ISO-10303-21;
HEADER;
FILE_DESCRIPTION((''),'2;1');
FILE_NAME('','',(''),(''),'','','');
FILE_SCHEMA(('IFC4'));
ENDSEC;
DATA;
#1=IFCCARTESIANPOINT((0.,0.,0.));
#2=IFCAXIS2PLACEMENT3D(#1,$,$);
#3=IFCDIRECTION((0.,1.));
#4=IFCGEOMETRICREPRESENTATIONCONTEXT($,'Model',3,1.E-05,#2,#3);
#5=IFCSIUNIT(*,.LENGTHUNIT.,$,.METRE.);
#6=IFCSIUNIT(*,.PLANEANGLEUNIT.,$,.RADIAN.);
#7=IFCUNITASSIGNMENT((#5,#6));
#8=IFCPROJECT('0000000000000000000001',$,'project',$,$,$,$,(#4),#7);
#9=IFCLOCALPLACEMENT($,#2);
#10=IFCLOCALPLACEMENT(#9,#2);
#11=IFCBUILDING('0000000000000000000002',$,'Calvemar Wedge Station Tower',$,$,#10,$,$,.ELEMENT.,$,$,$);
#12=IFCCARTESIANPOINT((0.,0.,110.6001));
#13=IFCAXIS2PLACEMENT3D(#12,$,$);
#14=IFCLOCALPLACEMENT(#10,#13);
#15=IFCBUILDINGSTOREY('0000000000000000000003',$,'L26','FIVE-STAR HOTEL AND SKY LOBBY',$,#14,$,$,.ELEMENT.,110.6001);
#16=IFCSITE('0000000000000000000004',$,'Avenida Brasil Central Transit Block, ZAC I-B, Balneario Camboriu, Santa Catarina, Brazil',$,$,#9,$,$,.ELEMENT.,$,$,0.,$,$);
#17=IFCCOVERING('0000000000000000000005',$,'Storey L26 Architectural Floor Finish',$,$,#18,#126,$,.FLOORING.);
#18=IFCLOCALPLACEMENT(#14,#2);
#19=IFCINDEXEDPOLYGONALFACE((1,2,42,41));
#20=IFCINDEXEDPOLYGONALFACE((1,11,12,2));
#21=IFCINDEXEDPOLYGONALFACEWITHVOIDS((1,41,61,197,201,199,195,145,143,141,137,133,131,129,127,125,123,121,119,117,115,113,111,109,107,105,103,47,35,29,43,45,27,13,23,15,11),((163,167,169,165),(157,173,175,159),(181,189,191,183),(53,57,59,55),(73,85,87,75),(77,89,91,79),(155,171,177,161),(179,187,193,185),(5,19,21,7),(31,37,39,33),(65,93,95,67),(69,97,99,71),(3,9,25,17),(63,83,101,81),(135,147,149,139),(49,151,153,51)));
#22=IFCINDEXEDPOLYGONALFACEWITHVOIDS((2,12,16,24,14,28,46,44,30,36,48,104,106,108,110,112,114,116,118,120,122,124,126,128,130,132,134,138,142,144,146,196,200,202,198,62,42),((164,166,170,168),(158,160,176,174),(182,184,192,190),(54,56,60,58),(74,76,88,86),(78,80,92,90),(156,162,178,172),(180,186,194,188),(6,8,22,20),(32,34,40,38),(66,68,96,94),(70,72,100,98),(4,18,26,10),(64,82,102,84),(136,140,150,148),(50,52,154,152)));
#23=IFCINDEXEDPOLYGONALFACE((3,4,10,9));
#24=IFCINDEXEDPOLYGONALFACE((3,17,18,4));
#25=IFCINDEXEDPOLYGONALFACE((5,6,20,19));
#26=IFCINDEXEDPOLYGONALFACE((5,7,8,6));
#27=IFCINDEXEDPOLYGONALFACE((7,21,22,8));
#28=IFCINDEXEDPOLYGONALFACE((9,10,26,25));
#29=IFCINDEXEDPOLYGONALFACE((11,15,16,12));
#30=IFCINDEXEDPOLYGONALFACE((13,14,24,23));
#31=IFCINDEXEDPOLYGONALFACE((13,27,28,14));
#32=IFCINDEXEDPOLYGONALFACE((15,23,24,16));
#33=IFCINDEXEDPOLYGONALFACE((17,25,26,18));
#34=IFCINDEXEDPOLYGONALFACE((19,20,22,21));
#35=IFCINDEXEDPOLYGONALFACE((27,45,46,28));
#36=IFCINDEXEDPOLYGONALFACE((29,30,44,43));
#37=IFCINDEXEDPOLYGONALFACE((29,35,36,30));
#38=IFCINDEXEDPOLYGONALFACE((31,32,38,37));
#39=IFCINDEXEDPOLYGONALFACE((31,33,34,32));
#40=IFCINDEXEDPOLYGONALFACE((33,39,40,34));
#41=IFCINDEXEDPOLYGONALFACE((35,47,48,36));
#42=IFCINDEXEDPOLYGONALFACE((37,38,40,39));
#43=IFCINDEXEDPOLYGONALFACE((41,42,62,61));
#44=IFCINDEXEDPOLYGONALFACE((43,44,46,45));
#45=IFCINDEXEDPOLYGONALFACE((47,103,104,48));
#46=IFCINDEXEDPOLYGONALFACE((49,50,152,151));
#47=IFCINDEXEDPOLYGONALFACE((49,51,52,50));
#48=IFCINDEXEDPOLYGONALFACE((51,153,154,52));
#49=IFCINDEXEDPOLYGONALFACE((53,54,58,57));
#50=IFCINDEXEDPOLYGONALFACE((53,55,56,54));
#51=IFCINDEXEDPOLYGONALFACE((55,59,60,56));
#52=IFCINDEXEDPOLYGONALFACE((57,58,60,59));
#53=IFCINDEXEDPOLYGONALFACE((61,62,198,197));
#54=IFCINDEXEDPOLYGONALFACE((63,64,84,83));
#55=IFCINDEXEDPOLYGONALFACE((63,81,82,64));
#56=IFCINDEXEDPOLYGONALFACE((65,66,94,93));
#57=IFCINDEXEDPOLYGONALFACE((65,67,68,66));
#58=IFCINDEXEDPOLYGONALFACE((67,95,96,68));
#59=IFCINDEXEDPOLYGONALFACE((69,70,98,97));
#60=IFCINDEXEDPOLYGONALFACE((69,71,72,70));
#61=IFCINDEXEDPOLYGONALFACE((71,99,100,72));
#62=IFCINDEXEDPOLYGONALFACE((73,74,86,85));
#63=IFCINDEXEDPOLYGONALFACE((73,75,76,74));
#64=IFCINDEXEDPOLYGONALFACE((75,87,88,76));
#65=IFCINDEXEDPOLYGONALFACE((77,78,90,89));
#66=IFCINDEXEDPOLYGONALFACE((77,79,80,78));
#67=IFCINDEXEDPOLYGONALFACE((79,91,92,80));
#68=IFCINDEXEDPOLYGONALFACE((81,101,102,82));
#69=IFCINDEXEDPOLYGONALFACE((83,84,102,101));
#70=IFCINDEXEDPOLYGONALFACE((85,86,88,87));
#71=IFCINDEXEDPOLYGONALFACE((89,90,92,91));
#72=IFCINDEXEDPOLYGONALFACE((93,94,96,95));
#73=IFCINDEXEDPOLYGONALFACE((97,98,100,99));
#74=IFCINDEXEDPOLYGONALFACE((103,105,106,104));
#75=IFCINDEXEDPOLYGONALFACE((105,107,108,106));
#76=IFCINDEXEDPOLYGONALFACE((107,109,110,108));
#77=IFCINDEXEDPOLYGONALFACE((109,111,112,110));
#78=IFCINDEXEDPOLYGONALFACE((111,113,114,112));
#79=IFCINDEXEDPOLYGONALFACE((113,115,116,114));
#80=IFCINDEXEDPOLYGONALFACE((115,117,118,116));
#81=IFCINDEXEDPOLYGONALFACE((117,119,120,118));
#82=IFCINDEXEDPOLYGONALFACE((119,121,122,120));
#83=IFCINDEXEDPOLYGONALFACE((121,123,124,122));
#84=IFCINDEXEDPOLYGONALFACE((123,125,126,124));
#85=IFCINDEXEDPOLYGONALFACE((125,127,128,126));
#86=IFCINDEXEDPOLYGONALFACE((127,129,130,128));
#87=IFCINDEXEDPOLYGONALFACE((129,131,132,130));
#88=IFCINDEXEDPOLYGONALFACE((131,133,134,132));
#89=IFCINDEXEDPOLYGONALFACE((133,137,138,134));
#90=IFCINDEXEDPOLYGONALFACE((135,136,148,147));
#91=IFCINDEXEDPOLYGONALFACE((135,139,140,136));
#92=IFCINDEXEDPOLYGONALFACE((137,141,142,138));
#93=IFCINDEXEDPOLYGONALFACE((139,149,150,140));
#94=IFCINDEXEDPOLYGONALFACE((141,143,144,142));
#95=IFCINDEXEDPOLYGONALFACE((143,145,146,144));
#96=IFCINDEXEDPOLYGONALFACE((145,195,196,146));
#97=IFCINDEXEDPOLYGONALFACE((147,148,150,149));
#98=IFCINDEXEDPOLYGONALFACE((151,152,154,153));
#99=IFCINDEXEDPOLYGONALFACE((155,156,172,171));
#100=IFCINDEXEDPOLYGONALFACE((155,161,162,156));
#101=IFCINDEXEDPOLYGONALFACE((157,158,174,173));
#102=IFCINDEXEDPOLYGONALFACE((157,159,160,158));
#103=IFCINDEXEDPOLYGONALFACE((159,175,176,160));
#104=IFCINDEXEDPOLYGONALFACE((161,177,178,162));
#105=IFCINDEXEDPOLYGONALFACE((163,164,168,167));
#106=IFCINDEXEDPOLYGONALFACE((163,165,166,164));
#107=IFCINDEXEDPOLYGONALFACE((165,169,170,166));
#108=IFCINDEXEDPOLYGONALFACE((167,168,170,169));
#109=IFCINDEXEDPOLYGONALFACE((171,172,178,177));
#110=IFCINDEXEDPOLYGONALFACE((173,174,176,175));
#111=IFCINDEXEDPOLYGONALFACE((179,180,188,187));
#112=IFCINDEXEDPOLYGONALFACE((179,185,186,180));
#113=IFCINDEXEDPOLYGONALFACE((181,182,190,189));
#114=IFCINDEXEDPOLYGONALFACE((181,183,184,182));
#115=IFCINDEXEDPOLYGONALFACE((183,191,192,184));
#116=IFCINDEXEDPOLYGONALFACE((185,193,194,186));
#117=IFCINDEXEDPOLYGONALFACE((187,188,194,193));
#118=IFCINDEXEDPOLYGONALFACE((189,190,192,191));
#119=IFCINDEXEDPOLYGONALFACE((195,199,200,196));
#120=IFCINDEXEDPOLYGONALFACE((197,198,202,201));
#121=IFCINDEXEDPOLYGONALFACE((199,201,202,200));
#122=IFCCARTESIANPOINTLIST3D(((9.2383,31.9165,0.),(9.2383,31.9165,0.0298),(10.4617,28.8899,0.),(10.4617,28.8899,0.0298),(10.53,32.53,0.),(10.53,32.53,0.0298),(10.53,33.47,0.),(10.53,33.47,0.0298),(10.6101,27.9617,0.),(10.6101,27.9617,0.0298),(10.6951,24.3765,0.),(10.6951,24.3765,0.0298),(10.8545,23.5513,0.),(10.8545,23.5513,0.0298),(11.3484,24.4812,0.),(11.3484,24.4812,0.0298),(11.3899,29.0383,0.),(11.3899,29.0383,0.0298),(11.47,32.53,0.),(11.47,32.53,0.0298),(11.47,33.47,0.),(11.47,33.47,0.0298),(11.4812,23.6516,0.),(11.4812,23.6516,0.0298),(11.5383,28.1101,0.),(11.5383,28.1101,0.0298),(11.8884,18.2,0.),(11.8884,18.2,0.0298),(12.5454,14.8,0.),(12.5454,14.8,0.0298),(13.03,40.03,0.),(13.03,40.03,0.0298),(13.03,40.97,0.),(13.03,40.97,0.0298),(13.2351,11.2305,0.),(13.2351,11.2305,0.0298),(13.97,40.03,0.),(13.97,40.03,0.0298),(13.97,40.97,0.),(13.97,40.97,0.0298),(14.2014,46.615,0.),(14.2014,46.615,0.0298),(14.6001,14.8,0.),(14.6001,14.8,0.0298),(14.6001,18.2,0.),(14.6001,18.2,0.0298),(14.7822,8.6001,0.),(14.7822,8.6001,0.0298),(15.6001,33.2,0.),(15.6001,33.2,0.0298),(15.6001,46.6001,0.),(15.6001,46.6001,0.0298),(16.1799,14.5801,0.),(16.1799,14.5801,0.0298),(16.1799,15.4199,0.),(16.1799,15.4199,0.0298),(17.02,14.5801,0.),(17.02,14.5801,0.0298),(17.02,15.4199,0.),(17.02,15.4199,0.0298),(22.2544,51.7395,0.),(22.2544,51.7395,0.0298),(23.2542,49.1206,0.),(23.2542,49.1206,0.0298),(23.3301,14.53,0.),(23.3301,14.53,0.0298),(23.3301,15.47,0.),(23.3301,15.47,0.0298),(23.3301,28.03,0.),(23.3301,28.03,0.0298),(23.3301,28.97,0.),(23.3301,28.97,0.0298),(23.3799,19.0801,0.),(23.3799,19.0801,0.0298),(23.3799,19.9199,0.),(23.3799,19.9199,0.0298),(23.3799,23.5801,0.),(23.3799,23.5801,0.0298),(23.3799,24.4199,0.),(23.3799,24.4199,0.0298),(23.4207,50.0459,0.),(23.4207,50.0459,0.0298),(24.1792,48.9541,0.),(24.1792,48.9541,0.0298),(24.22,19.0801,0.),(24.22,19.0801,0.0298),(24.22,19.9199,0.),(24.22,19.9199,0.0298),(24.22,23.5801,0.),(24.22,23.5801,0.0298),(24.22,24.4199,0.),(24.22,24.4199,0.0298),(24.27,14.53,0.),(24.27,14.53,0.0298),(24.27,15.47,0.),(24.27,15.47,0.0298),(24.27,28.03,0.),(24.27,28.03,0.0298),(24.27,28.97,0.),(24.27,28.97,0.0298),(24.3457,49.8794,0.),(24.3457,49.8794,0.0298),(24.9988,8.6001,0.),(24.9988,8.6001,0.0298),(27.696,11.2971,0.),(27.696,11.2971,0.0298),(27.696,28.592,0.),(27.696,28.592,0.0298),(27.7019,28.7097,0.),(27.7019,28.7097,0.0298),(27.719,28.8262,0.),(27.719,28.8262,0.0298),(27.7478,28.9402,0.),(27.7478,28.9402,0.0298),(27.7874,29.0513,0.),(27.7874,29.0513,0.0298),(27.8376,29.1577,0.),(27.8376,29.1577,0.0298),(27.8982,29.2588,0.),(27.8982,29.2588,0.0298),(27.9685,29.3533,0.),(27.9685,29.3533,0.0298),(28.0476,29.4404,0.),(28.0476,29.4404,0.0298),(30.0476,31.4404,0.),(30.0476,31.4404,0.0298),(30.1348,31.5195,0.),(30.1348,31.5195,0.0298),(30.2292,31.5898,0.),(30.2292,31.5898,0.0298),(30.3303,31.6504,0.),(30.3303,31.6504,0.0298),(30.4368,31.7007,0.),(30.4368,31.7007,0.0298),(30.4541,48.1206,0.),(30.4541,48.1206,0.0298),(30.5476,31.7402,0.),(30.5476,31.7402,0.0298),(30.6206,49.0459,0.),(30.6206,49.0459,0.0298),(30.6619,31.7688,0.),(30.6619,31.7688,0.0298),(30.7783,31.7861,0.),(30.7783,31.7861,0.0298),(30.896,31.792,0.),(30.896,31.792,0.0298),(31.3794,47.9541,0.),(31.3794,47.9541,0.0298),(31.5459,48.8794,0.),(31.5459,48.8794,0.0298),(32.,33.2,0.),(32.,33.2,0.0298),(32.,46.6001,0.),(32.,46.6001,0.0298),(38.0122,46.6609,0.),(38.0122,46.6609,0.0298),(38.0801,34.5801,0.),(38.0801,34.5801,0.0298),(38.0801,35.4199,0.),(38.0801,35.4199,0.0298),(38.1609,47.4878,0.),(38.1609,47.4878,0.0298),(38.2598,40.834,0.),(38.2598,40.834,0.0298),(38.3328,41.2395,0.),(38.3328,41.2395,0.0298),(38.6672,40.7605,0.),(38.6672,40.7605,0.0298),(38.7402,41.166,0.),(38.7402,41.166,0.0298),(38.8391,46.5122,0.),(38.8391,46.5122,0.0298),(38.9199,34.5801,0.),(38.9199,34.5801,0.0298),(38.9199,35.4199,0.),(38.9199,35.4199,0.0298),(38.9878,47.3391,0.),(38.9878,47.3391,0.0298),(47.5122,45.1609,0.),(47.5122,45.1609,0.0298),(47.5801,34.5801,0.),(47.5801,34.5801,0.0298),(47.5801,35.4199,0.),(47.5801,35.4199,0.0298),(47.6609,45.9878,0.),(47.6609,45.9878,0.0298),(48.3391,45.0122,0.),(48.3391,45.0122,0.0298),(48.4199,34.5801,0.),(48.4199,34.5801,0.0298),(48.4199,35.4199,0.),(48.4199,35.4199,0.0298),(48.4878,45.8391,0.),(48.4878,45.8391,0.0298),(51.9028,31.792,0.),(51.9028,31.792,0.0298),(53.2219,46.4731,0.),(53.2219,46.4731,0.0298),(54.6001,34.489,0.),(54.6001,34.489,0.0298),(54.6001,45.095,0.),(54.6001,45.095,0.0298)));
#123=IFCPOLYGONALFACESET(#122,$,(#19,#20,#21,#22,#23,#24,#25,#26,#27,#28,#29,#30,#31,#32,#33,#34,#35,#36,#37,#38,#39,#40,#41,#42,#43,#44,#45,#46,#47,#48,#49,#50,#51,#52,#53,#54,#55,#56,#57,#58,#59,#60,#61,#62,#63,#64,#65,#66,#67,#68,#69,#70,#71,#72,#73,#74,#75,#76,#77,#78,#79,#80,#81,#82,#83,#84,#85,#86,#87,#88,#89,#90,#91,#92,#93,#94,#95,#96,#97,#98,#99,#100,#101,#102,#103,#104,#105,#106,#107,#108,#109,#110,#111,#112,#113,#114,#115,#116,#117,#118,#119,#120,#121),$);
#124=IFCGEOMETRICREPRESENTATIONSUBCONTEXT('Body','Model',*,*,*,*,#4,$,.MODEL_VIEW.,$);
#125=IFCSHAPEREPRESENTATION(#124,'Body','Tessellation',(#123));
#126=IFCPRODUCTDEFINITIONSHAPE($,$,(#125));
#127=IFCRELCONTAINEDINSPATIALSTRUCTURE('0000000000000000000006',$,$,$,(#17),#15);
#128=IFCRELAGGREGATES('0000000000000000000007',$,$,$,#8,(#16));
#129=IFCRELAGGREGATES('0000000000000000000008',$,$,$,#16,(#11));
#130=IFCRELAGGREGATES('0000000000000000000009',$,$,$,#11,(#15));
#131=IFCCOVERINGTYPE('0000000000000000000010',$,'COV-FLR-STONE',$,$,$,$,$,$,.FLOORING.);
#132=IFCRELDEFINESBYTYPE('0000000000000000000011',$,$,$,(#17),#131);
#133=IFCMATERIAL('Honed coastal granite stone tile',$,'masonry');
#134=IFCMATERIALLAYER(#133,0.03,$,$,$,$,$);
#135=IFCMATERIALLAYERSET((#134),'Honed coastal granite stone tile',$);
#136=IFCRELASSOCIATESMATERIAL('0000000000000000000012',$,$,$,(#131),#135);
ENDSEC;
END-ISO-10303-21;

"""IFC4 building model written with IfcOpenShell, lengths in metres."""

from ifc_helpers import new_model, si_unit, direction, frame, origin, place, context, subcontext, project, spatial, polyline, outline, extrude, material, layer, layer_set, type_object, element, save


model = new_model("IFC4")

# Units and contexts
model_context = context("Model", 3, precision=1e-05, world=origin(), true_north=direction((0.0, 1.0)))
body_context = subcontext(model_context, "Body", "Model", "MODEL_VIEW")
ifc_project = project(units=[si_unit("LENGTHUNIT", "METRE"), si_unit("PLANEANGLEUNIT", "RADIAN")], contexts=[model_context])

# Site, building, storey
site_placement = place(None, origin())
site = spatial("IfcSite", under=ifc_project, at=site_placement, Name="Avenida Brasil Central Transit Block, ZAC I-B, Balneario Camboriu, Santa Catarina, Brazil", CompositionType="ELEMENT", RefElevation=0.0)
building_placement = place(site_placement, origin())
building = spatial("IfcBuilding", under=site, at=building_placement, Name="Calvemar Wedge Station Tower", CompositionType="ELEMENT")
storey_placement = place(building_placement, frame((0.0, 0.0, 110.6001)))
storey = spatial("IfcBuildingStorey", under=building, at=storey_placement, Name="L26", Description="FIVE-STAR HOTEL AND SKY LOBBY", CompositionType="ELEMENT", Elevation=110.6001)

# Covering
ifc_material_1 = material(Name="Honed coastal granite stone tile", Category="masonry")
ifc_layer_1 = layer(ifc_material_1, 0.03)
ifc_layer_set_1 = layer_set([ifc_layer_1], Name="Honed coastal granite stone tile")
covering_type_1 = type_object("IfcCoveringType", Name="COV-FLR-STONE", PredefinedType="FLOORING", material=ifc_layer_set_1)
covering_1_placement = place(storey_placement, origin())
element("IfcCovering", 1, at=covering_1_placement, inside=storey, type_object=covering_type_1, Name="Storey L26 Architectural Floor Finish", PredefinedType="FLOORING", context=body_context, shape_type="SweptSolid", body=[
    extrude(outline(polyline([(28.0476, 29.4404), (30.0476, 31.4404), (30.1348, 31.5195), (30.2292, 31.5898), (30.3303, 31.6504), (30.4368, 31.7007), (30.5476, 31.7402), (30.6619, 31.7688), (30.7783, 31.7861), (30.896, 31.792), (51.9028, 31.792), (54.6001, 34.489), (54.6001, 45.095), (53.2219, 46.4731), (22.2544, 51.7395), (14.2014, 46.615), (9.2383, 31.9165), (10.6951, 24.3765), (11.3484, 24.4812), (11.4812, 23.6516), (10.8545, 23.5513), (11.8884, 18.2), (14.6001, 18.2), (14.6001, 14.8), (12.5454, 14.8), (13.2351, 11.2305), (14.7822, 8.6001), (24.9988, 8.6001), (27.696, 11.2971), (27.696, 28.592), (27.7019, 28.7097), (27.719, 28.8262), (27.7478, 28.9402), (27.7874, 29.0513), (27.8376, 29.1577), (27.8982, 29.2588), (27.9685, 29.3533), (28.0476, 29.4404)]), holes=[polyline([(15.6001, 46.6001), (32.0, 46.6001), (32.0, 33.2), (15.6001, 33.2), (15.6001, 46.6001)]), polyline([(10.53, 32.53), (10.53, 33.47), (11.47, 33.47), (11.47, 32.53), (10.53, 32.53)]), polyline([(13.03, 40.97), (13.97, 40.97), (13.97, 40.03), (13.03, 40.03), (13.03, 40.97)]), polyline([(24.3457, 49.8794), (24.1792, 48.9541), (23.2542, 49.1206), (23.4207, 50.0459), (24.3457, 49.8794)]), polyline([(31.3794, 47.9541), (30.4541, 48.1206), (30.6206, 49.0459), (31.5459, 48.8794), (31.3794, 47.9541)]), polyline([(38.0122, 46.6609), (38.1609, 47.4878), (38.9878, 47.3391), (38.8391, 46.5122), (38.0122, 46.6609)]), polyline([(47.6609, 45.9878), (48.4878, 45.8391), (48.3391, 45.0122), (47.5122, 45.1609), (47.6609, 45.9878)]), polyline([(38.9199, 35.4199), (38.9199, 34.5801), (38.0801, 34.5801), (38.0801, 35.4199), (38.9199, 35.4199)]), polyline([(48.4199, 34.5801), (47.5801, 34.5801), (47.5801, 35.4199), (48.4199, 35.4199), (48.4199, 34.5801)]), polyline([(38.2598, 40.834), (38.3328, 41.2395), (38.7402, 41.166), (38.6672, 40.7605), (38.2598, 40.834)]), polyline([(11.3899, 29.0383), (11.5383, 28.1101), (10.6101, 27.9617), (10.4617, 28.8899), (11.3899, 29.0383)]), polyline([(24.27, 28.03), (23.3301, 28.03), (23.3301, 28.97), (24.27, 28.97), (24.27, 28.03)]), polyline([(23.3799, 23.5801), (23.3799, 24.4199), (24.22, 24.4199), (24.22, 23.5801), (23.3799, 23.5801)]), polyline([(23.3799, 19.9199), (24.22, 19.9199), (24.22, 19.0801), (23.3799, 19.0801), (23.3799, 19.9199)]), polyline([(24.27, 15.47), (24.27, 14.53), (23.3301, 14.53), (23.3301, 15.47), (24.27, 15.47)]), polyline([(17.02, 14.5801), (16.1799, 14.5801), (16.1799, 15.4199), (17.02, 15.4199), (17.02, 14.5801)])]), origin(), (0.0, 0.0, 1.0), 0.0298),
])

save(model, "model.ifc")
